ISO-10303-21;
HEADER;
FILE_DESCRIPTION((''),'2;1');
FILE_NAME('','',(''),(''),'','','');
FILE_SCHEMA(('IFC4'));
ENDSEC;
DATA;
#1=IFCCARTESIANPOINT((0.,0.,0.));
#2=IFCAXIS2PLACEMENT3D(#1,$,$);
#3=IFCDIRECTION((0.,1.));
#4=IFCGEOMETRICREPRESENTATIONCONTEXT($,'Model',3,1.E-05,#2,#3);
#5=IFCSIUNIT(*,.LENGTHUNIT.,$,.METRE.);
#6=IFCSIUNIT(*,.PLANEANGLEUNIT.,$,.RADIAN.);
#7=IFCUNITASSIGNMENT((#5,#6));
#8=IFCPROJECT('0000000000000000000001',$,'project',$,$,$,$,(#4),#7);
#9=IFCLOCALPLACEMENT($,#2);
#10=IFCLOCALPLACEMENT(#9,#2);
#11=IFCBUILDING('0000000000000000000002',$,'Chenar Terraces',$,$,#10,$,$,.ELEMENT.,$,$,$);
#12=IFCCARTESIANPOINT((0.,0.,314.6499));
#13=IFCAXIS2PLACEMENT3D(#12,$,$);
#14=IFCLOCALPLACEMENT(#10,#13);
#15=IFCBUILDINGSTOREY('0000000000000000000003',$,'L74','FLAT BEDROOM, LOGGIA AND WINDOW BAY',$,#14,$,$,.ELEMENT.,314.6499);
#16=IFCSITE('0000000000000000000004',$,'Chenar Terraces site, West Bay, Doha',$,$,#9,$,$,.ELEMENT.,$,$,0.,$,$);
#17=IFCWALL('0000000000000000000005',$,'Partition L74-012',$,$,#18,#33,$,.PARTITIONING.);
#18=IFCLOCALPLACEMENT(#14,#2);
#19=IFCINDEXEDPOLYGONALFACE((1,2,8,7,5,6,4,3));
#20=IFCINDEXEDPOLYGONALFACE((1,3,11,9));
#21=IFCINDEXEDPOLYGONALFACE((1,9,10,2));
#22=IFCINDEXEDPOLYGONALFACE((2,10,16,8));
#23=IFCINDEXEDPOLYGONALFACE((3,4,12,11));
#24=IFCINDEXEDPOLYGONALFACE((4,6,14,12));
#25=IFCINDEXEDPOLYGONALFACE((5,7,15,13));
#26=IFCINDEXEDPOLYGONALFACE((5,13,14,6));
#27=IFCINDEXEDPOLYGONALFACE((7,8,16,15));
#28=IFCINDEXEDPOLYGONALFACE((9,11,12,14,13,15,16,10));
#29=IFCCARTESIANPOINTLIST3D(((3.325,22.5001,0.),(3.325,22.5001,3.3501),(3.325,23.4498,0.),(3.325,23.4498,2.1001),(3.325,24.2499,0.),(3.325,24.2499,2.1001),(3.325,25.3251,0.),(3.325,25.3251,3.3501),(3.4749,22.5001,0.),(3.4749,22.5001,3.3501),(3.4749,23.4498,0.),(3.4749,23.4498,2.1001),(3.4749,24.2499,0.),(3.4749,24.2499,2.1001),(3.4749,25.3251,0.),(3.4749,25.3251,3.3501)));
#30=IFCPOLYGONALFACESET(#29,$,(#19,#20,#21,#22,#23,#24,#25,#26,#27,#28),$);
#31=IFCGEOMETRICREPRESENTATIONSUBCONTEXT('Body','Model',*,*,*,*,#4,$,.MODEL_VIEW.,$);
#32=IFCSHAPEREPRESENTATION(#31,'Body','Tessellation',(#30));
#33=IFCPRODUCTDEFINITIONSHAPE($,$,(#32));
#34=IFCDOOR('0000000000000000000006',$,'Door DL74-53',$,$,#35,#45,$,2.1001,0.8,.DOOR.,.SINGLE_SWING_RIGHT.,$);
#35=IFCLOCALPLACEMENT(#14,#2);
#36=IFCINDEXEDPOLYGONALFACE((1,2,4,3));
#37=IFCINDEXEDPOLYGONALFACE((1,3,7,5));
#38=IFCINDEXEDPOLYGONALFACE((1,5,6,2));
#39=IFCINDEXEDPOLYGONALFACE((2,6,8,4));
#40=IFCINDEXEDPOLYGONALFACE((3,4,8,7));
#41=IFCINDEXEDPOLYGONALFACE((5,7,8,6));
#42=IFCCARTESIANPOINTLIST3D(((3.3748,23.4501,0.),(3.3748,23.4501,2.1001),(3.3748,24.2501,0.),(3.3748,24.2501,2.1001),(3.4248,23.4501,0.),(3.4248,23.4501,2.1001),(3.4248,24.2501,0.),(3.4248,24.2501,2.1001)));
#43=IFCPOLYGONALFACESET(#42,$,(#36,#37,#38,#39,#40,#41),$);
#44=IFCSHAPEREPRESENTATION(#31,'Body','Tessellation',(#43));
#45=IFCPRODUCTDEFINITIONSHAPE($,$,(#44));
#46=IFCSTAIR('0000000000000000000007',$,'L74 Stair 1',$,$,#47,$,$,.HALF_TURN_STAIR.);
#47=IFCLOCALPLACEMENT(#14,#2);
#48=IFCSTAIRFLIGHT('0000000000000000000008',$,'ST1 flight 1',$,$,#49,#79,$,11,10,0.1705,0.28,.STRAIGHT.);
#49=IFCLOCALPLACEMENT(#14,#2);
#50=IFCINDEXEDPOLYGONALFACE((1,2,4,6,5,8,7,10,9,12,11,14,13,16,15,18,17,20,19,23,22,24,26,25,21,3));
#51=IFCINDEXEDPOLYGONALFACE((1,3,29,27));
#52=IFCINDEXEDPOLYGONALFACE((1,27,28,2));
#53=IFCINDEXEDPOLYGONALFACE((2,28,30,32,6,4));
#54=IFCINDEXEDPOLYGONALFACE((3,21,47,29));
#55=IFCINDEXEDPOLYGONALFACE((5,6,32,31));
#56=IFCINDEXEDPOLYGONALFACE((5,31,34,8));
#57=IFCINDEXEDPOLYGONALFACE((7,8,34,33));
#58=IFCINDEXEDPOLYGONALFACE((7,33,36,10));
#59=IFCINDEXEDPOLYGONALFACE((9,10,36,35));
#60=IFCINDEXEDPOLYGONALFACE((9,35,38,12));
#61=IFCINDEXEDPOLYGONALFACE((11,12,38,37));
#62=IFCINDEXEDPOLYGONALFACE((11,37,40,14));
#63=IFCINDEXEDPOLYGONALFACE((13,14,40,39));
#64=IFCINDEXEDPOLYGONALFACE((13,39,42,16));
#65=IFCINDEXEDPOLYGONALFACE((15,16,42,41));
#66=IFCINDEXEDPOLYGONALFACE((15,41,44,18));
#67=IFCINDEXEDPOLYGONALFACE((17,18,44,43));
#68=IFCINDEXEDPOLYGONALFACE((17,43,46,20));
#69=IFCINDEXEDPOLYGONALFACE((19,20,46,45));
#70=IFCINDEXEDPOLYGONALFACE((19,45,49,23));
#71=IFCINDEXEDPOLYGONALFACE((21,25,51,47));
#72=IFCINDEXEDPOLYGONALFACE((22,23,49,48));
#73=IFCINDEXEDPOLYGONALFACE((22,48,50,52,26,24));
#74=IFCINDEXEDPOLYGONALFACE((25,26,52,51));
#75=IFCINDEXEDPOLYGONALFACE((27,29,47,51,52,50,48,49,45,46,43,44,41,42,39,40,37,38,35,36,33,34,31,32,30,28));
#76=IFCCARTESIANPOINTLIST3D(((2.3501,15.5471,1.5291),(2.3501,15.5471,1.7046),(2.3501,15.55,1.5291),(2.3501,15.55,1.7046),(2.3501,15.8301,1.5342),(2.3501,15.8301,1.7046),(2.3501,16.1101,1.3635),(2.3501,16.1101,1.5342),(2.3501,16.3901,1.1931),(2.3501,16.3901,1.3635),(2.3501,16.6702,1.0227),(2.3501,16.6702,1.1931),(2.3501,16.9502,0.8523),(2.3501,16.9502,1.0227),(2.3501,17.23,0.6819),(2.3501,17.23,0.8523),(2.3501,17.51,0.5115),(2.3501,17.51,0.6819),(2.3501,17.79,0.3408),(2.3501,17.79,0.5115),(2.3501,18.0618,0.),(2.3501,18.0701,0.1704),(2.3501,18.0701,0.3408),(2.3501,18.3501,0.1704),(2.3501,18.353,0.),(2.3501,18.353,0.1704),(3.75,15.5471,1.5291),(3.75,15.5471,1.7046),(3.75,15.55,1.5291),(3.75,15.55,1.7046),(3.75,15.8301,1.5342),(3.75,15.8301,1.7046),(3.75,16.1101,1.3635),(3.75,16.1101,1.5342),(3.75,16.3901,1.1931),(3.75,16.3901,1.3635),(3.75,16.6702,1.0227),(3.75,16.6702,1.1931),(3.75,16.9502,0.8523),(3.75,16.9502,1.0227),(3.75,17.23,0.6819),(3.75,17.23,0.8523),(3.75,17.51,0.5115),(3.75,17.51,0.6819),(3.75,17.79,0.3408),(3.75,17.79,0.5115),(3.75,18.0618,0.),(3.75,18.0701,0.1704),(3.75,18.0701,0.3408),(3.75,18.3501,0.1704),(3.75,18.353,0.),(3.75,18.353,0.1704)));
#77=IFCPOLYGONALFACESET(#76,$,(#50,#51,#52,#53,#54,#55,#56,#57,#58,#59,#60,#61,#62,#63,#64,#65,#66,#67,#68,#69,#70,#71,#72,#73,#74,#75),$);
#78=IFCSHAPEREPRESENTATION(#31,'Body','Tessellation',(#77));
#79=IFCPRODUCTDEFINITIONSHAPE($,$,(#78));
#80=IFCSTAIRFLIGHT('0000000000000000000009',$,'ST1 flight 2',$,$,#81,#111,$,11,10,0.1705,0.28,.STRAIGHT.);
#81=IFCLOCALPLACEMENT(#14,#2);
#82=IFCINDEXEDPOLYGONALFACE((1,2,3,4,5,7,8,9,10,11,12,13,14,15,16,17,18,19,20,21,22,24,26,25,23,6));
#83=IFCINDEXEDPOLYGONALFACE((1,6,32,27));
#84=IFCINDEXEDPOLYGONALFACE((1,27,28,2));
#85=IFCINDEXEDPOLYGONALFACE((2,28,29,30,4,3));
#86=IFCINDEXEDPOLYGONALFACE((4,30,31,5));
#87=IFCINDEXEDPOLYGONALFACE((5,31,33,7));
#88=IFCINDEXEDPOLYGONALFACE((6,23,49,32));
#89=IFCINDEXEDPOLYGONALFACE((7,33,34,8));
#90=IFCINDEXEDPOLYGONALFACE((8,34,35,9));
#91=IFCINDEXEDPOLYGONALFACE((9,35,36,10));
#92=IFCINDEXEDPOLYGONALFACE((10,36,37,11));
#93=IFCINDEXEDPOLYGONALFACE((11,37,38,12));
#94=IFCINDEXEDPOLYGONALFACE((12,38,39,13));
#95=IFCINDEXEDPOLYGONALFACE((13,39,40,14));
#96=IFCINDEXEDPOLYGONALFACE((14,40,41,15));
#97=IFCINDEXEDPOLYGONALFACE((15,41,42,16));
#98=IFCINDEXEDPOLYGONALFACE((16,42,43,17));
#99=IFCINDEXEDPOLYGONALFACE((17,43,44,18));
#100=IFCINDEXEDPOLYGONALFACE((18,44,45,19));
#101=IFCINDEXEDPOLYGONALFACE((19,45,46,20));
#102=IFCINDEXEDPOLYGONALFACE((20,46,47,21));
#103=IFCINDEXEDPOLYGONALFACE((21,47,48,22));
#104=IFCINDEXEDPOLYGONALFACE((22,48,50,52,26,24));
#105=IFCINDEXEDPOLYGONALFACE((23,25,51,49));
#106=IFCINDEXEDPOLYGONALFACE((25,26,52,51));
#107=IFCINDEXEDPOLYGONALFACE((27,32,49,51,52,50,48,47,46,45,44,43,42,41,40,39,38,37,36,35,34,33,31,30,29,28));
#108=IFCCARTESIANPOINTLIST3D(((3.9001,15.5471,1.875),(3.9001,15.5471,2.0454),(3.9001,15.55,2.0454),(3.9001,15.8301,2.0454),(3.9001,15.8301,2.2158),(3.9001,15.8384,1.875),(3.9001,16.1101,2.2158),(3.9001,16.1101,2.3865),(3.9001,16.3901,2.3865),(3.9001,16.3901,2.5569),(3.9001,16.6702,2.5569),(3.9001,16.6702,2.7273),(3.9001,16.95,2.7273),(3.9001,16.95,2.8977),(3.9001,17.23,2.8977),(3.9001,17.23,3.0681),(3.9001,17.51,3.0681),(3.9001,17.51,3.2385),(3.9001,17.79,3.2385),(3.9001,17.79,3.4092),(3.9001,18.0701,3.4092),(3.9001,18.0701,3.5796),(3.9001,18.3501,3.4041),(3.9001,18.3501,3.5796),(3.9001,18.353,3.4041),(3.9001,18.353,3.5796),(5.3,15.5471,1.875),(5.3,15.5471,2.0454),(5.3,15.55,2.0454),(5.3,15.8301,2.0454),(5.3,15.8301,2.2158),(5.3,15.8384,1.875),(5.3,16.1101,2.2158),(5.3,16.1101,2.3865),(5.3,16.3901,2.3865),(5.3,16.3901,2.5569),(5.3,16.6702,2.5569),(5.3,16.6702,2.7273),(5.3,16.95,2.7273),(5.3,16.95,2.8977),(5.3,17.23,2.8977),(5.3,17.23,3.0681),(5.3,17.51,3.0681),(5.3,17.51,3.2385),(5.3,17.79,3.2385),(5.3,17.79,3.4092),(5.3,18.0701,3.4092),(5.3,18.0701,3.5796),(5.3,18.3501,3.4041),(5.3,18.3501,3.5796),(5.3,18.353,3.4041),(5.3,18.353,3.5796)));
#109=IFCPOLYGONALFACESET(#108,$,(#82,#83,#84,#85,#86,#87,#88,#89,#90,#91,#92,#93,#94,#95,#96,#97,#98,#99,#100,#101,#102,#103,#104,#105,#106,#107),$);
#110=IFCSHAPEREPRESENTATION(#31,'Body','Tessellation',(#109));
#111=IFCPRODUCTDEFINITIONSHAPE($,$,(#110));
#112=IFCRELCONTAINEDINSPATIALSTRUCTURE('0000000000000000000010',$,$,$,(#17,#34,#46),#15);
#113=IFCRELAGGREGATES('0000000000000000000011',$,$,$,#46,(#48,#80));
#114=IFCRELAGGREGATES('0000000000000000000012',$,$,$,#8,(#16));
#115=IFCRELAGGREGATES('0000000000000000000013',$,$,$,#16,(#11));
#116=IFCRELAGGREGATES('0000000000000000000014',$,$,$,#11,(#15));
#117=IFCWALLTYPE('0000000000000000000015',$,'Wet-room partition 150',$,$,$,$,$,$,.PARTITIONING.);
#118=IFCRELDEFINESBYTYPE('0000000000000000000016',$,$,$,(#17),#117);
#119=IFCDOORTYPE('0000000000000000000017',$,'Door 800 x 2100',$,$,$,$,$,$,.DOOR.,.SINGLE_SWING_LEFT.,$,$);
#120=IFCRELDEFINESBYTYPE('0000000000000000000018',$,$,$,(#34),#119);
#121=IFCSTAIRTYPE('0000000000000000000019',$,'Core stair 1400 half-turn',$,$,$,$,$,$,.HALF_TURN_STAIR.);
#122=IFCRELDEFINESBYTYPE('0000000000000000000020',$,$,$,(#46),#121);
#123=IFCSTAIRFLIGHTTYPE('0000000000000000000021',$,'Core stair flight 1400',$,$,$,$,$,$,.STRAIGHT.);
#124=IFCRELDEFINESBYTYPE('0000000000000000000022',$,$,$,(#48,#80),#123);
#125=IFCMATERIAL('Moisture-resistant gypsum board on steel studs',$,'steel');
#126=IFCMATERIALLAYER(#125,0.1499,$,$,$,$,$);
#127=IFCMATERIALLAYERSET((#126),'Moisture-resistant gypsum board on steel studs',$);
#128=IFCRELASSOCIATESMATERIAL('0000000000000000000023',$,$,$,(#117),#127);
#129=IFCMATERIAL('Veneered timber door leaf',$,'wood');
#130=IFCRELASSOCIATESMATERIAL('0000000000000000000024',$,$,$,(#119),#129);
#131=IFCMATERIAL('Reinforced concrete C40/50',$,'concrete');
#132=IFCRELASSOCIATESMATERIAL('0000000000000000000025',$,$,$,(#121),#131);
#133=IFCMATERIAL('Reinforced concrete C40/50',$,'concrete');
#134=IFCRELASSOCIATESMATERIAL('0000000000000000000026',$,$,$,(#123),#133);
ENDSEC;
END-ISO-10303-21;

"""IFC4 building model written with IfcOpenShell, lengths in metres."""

from ifc_helpers import new_model, si_unit, direction, frame, frame_2d, origin, place, context, subcontext, project, spatial, polyline, rectangle, outline, extrude, material, layer, layer_set, type_object, element, fill, aggregate, save


model = new_model("IFC4")

# Units and contexts
model_context = context("Model", 3, precision=1e-05, world=origin(), true_north=direction((0.0, 1.0)))
body_context = subcontext(model_context, "Body", "Model", "MODEL_VIEW")
ifc_project = project(units=[si_unit("LENGTHUNIT", "METRE"), si_unit("PLANEANGLEUNIT", "RADIAN")], contexts=[model_context])

# Site, building, storey
site_placement = place(None, origin())
site = spatial("IfcSite", under=ifc_project, at=site_placement, Name="Chenar Terraces site, West Bay, Doha", CompositionType="ELEMENT", RefElevation=0.0)
building_placement = place(site_placement, origin())
building = spatial("IfcBuilding", under=site, at=building_placement, Name="Chenar Terraces", CompositionType="ELEMENT")
storey_placement = place(building_placement, frame((0.0, 0.0, 314.6499)))
storey = spatial("IfcBuildingStorey", under=building, at=storey_placement, Name="L74", Description="FLAT BEDROOM, LOGGIA AND WINDOW BAY", CompositionType="ELEMENT", Elevation=314.6499)

# Shared definitions
ifc_material_1 = material(Name="Moisture-resistant gypsum board on steel studs", Category="steel")
ifc_layer_1 = layer(ifc_material_1, 0.1499)
ifc_layer_set_1 = layer_set([ifc_layer_1], Name="Moisture-resistant gypsum board on steel studs")
wall_type_1 = type_object("IfcWallType", Name="Wet-room partition 150", PredefinedType="PARTITIONING", material=ifc_layer_set_1)

# Wall, opening, door
wall_1_placement = place(storey_placement, frame((3.3999, 22.5, 0.0), z_axis=(0.0, 0.0, 1.0), x_axis=(0.0, 1.0, 0.0)))
wall_1 = element("IfcWall", 1, at=wall_1_placement, inside=storey, type_object=wall_type_1, Name="Partition L74-012", PredefinedType="PARTITIONING", context=body_context, shape_type="SweptSolid", body=[
    extrude(rectangle(XDim=2.825, YDim=0.1499, at=frame_2d((1.4126, 0.0))), origin(), (0.0, 0.0, 1.0), 3.3501),
])
opening_1_placement = place(wall_1_placement, frame((0.95, 0.0, 0.0)))
opening_1 = element("IfcOpeningElement", 2, at=opening_1_placement, cuts=wall_1, PredefinedType="OPENING", context=body_context, shape_type="SweptSolid", body=[
    extrude(rectangle(XDim=0.8, YDim=2.1001, at=frame_2d((0.3999, 1.05))), frame((0.0, 0.085, 0.0), z_axis=(0.0, -1.0, 0.0), x_axis=(1.0, 0.0, 0.0)), (0.0, 0.0, 1.0), 0.1699),
])
ifc_material_2 = material(Name="Veneered timber door leaf", Category="wood")
door_type_1 = type_object("IfcDoorType", Name="Door 800 x 2100", OperationType="SINGLE_SWING_LEFT", PredefinedType="DOOR", material=ifc_material_2)
door_1_placement = place(opening_1_placement, frame((0.8, 0.0, 0.0), z_axis=(0.0, 0.0, 1.0), x_axis=(-1.0, 0.0, 0.0)))
door_1 = element("IfcDoor", 3, at=door_1_placement, inside=storey, type_object=door_type_1, Name="Door DL74-53", OperationType="SINGLE_SWING_RIGHT", OverallHeight=2.1001, OverallWidth=0.8, PredefinedType="DOOR", context=body_context, shape_type="SweptSolid", body=[
    extrude(rectangle(XDim=0.8, YDim=2.1001, at=frame_2d((0.3999, 1.05))), frame((0.0, 0.0249, 0.0), z_axis=(0.0, -1.0, 0.0), x_axis=(1.0, 0.0, 0.0)), (0.0, 0.0, 1.0), 0.05),
])
fill(opening_1, door_1)

# Stair, stair flights
ifc_material_3 = material(Name="Reinforced concrete C40/50", Category="concrete")
stair_type = type_object("IfcStairType", Name="Core stair 1400 half-turn", PredefinedType="HALF_TURN_STAIR", material=ifc_material_3)
stair_placement = place(storey_placement, origin())
stair = element("IfcStair", 4, at=stair_placement, inside=storey, type_object=stair_type, Name="L74 Stair 1", PredefinedType="HALF_TURN_STAIR")
ifc_material_4 = material(Name="Reinforced concrete C40/50", Category="concrete")
stair_flight_type = type_object("IfcStairFlightType", Name="Core stair flight 1400", PredefinedType="STRAIGHT", material=ifc_material_4)
stair_flight_1_placement = place(storey_placement, frame((3.05, 18.3501, 0.0), z_axis=(0.0, 0.0, 1.0), x_axis=(0.0, -1.0, 0.0)))
stair_flight_1 = element("IfcStairFlight", 5, at=stair_flight_1_placement, type_object=stair_flight_type, Name="ST1 flight 1", NumberOfRisers=11, NumberOfTreads=10, PredefinedType="STRAIGHT", RiserHeight=0.1705, TreadLength=0.28, context=body_context, shape_type="SweptSolid", body=[
    extrude(outline(polyline([(-0.0029, 0.0), (-0.0029, 0.1704), (0.0, 0.1704), (0.28, 0.1704), (0.28, 0.3408), (0.5601, 0.3408), (0.5601, 0.5115), (0.8401, 0.5115), (0.8401, 0.6819), (1.1201, 0.6819), (1.1201, 0.8523), (1.3999, 0.8523), (1.3999, 1.0227), (1.6799, 1.0227), (1.6799, 1.1931), (1.96, 1.1931), (1.96, 1.3635), (2.24, 1.3635), (2.24, 1.5342), (2.52, 1.5342), (2.52, 1.7046), (2.8, 1.7046), (2.803, 1.7046), (2.803, 1.5291), (2.8, 1.5291), (0.2883, 0.0), (-0.0029, 0.0)])), frame((0.0, 0.7, 0.0), z_axis=(0.0, -1.0, 0.0), x_axis=(1.0, 0.0, 0.0)), (0.0, 0.0, 1.0), 1.3999),
])
stair_flight_2_placement = place(storey_placement, frame((4.6001, 15.55, 1.875), z_axis=(0.0, 0.0, 1.0), x_axis=(0.0, 1.0, 0.0)))
stair_flight_2 = element("IfcStairFlight", 6, at=stair_flight_2_placement, type_object=stair_flight_type, Name="ST1 flight 2", NumberOfRisers=11, NumberOfTreads=10, PredefinedType="STRAIGHT", RiserHeight=0.1705, TreadLength=0.28, context=body_context, shape_type="SweptSolid", body=[
    extrude(outline(polyline([(-0.0029, 0.0), (-0.0029, 0.1704), (0.0, 0.1704), (0.28, 0.1704), (0.28, 0.3408), (0.5601, 0.3408), (0.5601, 0.5115), (0.8401, 0.5115), (0.8401, 0.6819), (1.1201, 0.6819), (1.1201, 0.8523), (1.3999, 0.8523), (1.3999, 1.0227), (1.6799, 1.0227), (1.6799, 1.1931), (1.96, 1.1931), (1.96, 1.3635), (2.24, 1.3635), (2.24, 1.5342), (2.52, 1.5342), (2.52, 1.7046), (2.8, 1.7046), (2.803, 1.7046), (2.803, 1.5291), (2.8, 1.5291), (0.2883, 0.0), (-0.0029, 0.0)])), frame((0.0, 0.7, 0.0), z_axis=(0.0, -1.0, 0.0), x_axis=(1.0, 0.0, 0.0)), (0.0, 0.0, 1.0), 1.3999),
])
aggregate(stair, [stair_flight_1, stair_flight_2])

save(model, "model.ifc")
